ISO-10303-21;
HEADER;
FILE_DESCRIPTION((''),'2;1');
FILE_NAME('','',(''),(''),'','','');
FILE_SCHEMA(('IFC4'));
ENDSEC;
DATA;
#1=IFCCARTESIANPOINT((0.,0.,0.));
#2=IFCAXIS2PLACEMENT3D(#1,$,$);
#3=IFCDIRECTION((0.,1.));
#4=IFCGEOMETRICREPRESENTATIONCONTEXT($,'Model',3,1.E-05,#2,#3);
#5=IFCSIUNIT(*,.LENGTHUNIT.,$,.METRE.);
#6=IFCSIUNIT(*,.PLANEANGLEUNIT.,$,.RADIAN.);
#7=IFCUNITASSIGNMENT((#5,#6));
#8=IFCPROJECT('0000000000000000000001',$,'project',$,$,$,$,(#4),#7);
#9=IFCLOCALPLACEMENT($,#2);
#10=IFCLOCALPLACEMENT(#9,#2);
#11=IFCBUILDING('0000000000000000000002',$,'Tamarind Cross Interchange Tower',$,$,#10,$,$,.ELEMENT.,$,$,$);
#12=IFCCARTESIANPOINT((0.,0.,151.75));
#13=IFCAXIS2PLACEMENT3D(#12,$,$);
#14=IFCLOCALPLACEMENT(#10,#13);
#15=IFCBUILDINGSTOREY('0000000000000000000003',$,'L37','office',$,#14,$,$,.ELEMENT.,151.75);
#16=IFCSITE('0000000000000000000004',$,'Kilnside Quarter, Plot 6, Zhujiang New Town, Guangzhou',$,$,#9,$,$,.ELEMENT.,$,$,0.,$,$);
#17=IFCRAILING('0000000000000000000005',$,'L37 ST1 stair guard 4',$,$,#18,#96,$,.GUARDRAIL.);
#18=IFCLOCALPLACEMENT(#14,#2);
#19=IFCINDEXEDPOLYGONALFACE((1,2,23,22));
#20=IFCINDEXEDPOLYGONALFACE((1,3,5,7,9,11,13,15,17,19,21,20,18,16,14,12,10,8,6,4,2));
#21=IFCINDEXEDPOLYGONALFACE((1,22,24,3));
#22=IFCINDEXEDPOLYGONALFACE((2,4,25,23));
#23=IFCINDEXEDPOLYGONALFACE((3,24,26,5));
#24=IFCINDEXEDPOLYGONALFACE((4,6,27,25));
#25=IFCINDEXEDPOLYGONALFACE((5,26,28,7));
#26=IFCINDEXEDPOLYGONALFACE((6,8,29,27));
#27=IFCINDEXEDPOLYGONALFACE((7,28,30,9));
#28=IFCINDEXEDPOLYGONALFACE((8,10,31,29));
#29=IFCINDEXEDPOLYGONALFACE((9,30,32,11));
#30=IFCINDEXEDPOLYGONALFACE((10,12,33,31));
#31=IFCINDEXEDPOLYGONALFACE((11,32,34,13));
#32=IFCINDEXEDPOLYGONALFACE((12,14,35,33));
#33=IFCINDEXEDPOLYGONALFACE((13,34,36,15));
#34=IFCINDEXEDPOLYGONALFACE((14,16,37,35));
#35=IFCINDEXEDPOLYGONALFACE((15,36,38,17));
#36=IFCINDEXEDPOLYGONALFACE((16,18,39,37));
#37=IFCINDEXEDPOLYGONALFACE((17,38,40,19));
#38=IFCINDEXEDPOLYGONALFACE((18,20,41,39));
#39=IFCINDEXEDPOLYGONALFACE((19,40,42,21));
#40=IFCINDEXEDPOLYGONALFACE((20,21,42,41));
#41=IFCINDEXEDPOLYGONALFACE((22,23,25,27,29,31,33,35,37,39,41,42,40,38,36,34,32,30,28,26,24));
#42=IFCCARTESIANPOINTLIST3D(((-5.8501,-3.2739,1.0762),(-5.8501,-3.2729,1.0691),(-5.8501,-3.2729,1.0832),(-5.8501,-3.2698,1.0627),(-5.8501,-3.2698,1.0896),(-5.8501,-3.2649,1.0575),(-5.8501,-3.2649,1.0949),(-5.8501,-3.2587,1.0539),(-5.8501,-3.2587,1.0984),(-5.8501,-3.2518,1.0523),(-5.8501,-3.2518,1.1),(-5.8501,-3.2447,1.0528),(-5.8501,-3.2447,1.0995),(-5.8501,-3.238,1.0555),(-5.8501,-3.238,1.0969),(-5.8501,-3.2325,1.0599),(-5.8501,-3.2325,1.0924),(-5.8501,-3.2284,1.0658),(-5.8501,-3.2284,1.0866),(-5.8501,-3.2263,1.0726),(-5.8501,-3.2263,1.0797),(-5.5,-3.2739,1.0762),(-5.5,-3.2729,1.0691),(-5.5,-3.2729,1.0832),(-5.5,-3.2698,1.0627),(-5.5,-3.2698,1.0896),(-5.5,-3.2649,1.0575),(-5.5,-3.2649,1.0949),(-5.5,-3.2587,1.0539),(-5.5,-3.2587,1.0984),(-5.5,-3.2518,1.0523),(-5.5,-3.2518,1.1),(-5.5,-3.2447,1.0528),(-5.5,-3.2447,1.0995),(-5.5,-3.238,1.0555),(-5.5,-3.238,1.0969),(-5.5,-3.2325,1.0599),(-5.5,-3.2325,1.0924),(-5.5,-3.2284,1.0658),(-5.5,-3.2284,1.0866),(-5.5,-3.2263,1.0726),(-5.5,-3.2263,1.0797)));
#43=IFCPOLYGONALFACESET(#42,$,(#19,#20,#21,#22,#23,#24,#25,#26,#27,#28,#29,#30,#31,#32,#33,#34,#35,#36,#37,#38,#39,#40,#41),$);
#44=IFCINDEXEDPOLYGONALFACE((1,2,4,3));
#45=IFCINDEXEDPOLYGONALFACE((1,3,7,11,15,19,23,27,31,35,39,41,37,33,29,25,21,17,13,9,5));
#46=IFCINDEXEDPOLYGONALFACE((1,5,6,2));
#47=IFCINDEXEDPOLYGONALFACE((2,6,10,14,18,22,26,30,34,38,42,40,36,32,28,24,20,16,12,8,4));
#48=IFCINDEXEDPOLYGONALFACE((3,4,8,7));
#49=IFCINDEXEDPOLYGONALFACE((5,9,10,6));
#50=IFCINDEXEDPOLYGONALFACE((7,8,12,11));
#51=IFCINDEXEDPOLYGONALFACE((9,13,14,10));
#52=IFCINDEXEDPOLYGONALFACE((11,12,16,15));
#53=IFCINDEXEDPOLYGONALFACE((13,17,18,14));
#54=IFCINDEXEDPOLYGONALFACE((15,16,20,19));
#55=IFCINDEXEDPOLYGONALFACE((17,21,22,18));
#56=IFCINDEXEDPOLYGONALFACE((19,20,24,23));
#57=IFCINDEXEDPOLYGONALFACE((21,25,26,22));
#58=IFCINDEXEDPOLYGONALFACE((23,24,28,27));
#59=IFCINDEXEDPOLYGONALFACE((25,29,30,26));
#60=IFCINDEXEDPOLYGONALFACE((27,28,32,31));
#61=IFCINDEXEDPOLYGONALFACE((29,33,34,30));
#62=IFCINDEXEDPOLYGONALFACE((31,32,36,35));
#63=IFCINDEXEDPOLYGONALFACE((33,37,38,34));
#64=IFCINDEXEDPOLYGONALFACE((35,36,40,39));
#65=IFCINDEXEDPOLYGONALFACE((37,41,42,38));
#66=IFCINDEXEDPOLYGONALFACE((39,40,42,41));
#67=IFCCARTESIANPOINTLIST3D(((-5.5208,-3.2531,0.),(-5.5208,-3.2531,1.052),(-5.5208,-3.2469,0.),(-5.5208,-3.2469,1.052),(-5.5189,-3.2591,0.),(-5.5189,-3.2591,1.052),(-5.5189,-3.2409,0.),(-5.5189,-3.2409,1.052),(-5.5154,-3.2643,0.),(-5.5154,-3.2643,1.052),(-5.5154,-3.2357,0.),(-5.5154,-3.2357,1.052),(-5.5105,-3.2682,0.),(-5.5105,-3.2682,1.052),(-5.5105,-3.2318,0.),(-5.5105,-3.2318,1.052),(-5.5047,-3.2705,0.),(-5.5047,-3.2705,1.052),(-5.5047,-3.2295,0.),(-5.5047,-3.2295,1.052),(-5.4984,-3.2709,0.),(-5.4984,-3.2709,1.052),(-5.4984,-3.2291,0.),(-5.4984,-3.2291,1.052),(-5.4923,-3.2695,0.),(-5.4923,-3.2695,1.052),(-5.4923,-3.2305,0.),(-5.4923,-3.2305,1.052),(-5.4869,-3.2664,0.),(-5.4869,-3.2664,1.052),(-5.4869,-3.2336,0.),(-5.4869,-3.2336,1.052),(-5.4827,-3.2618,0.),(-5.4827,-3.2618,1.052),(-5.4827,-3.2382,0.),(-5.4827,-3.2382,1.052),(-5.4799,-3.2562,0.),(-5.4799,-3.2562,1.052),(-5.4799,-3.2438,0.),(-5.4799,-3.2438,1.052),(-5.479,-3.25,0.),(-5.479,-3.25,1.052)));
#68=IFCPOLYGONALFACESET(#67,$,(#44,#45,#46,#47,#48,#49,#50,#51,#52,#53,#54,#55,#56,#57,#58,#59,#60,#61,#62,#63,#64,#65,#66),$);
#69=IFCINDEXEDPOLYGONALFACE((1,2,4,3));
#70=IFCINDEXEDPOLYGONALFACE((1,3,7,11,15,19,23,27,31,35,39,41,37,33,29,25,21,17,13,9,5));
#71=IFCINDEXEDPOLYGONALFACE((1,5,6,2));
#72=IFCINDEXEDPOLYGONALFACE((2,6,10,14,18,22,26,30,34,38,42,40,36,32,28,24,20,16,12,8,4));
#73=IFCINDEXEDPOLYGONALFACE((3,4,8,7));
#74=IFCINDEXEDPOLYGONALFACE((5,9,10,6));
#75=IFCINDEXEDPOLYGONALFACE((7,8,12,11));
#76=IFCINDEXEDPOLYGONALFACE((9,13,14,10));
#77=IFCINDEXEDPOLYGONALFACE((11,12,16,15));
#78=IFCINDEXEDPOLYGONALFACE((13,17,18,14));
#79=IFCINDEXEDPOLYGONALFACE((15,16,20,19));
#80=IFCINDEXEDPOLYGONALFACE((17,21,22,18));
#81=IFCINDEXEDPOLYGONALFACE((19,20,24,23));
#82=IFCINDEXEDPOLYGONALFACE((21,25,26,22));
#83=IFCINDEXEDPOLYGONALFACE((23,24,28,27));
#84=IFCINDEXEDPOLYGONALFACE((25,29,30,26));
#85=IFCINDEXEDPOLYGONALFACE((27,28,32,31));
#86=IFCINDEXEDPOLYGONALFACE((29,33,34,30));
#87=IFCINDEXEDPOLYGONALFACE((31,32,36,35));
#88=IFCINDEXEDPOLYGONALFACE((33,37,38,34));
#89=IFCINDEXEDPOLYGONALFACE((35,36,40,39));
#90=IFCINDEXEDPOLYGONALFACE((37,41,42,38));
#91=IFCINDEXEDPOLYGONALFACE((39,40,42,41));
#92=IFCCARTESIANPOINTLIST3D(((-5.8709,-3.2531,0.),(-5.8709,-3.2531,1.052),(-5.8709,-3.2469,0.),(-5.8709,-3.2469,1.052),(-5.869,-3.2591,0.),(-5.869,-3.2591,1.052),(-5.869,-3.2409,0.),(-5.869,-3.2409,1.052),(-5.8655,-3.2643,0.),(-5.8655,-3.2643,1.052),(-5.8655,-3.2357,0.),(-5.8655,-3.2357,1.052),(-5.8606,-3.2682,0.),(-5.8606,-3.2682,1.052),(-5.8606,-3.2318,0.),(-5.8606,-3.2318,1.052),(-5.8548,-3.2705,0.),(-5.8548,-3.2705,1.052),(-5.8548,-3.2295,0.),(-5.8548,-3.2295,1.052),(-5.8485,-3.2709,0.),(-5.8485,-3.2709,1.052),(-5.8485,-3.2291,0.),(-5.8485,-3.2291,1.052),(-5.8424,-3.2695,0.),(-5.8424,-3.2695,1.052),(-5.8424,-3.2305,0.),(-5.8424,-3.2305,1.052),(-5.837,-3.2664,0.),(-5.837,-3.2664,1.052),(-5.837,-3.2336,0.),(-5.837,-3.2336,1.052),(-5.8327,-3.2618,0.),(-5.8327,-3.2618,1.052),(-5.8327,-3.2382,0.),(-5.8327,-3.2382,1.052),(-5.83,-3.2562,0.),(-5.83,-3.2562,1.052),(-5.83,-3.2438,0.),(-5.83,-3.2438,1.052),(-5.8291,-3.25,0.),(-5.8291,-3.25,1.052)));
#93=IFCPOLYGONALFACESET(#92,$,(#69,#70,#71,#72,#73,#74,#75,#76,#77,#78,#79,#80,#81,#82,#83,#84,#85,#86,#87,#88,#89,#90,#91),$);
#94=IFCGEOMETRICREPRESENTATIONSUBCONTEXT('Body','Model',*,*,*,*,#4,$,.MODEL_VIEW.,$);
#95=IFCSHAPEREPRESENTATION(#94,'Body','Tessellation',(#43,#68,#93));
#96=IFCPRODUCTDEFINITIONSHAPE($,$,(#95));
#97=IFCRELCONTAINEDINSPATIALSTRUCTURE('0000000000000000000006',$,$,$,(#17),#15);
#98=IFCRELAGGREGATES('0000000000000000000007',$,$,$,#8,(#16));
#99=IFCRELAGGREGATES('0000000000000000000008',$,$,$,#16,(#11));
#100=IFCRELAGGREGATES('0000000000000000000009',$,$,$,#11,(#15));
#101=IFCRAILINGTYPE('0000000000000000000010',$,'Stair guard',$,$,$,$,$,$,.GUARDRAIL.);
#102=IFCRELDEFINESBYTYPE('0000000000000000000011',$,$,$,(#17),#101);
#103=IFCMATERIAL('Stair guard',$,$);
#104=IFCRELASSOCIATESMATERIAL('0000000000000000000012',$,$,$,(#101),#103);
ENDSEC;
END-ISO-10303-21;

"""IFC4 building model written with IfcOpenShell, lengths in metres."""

from ifc_helpers import new_model, si_unit, direction, frame, origin, origin_2d, place, context, subcontext, project, spatial, circle, extrude, material, type_object, element, save


model = new_model("IFC4")

# Units and contexts
model_context = context("Model", 3, precision=1e-05, world=origin(), true_north=direction((0.0, 1.0)))
body_context = subcontext(model_context, "Body", "Model", "MODEL_VIEW")
ifc_project = project(units=[si_unit("LENGTHUNIT", "METRE"), si_unit("PLANEANGLEUNIT", "RADIAN")], contexts=[model_context])

# Site, building, storey
site_placement = place(None, origin())
site = spatial("IfcSite", under=ifc_project, at=site_placement, Name="Kilnside Quarter, Plot 6, Zhujiang New Town, Guangzhou", CompositionType="ELEMENT", RefElevation=0.0)
building_placement = place(site_placement, origin())
building = spatial("IfcBuilding", under=site, at=building_placement, Name="Tamarind Cross Interchange Tower", CompositionType="ELEMENT")
storey_placement = place(building_placement, frame((0.0, 0.0, 151.75)))
storey = spatial("IfcBuildingStorey", under=building, at=storey_placement, Name="L37", Description="office", CompositionType="ELEMENT", Elevation=151.75)

# Railing
ifc_material_1 = material(Name="Stair guard")
railing_type_1 = type_object("IfcRailingType", Name="Stair guard", PredefinedType="GUARDRAIL", material=ifc_material_1)
railing_1_placement = place(storey_placement, frame((-5.5, -3.25, 0.0)))
element("IfcRailing", 1, at=railing_1_placement, inside=storey, type_object=railing_type_1, Name="L37 ST1 stair guard 4", PredefinedType="GUARDRAIL", context=body_context, shape_type="SweptSolid", body=[
    extrude(circle(Radius=0.0239, at=origin_2d()), frame((0.0, 0.0, 1.0762), z_axis=(-1.0, 0.0, 0.0), x_axis=(0.0, -1.0, 0.0)), (0.0, 0.0, 1.0), 0.3501),
    extrude(circle(Radius=0.021, at=origin_2d()), origin(), (0.0, 0.0, 1.0), 1.052),
    extrude(circle(Radius=0.021, at=origin_2d()), frame((-0.3501, 0.0, 0.0)), (0.0, 0.0, 1.0), 1.052),
])

save(model, "model.ifc")
